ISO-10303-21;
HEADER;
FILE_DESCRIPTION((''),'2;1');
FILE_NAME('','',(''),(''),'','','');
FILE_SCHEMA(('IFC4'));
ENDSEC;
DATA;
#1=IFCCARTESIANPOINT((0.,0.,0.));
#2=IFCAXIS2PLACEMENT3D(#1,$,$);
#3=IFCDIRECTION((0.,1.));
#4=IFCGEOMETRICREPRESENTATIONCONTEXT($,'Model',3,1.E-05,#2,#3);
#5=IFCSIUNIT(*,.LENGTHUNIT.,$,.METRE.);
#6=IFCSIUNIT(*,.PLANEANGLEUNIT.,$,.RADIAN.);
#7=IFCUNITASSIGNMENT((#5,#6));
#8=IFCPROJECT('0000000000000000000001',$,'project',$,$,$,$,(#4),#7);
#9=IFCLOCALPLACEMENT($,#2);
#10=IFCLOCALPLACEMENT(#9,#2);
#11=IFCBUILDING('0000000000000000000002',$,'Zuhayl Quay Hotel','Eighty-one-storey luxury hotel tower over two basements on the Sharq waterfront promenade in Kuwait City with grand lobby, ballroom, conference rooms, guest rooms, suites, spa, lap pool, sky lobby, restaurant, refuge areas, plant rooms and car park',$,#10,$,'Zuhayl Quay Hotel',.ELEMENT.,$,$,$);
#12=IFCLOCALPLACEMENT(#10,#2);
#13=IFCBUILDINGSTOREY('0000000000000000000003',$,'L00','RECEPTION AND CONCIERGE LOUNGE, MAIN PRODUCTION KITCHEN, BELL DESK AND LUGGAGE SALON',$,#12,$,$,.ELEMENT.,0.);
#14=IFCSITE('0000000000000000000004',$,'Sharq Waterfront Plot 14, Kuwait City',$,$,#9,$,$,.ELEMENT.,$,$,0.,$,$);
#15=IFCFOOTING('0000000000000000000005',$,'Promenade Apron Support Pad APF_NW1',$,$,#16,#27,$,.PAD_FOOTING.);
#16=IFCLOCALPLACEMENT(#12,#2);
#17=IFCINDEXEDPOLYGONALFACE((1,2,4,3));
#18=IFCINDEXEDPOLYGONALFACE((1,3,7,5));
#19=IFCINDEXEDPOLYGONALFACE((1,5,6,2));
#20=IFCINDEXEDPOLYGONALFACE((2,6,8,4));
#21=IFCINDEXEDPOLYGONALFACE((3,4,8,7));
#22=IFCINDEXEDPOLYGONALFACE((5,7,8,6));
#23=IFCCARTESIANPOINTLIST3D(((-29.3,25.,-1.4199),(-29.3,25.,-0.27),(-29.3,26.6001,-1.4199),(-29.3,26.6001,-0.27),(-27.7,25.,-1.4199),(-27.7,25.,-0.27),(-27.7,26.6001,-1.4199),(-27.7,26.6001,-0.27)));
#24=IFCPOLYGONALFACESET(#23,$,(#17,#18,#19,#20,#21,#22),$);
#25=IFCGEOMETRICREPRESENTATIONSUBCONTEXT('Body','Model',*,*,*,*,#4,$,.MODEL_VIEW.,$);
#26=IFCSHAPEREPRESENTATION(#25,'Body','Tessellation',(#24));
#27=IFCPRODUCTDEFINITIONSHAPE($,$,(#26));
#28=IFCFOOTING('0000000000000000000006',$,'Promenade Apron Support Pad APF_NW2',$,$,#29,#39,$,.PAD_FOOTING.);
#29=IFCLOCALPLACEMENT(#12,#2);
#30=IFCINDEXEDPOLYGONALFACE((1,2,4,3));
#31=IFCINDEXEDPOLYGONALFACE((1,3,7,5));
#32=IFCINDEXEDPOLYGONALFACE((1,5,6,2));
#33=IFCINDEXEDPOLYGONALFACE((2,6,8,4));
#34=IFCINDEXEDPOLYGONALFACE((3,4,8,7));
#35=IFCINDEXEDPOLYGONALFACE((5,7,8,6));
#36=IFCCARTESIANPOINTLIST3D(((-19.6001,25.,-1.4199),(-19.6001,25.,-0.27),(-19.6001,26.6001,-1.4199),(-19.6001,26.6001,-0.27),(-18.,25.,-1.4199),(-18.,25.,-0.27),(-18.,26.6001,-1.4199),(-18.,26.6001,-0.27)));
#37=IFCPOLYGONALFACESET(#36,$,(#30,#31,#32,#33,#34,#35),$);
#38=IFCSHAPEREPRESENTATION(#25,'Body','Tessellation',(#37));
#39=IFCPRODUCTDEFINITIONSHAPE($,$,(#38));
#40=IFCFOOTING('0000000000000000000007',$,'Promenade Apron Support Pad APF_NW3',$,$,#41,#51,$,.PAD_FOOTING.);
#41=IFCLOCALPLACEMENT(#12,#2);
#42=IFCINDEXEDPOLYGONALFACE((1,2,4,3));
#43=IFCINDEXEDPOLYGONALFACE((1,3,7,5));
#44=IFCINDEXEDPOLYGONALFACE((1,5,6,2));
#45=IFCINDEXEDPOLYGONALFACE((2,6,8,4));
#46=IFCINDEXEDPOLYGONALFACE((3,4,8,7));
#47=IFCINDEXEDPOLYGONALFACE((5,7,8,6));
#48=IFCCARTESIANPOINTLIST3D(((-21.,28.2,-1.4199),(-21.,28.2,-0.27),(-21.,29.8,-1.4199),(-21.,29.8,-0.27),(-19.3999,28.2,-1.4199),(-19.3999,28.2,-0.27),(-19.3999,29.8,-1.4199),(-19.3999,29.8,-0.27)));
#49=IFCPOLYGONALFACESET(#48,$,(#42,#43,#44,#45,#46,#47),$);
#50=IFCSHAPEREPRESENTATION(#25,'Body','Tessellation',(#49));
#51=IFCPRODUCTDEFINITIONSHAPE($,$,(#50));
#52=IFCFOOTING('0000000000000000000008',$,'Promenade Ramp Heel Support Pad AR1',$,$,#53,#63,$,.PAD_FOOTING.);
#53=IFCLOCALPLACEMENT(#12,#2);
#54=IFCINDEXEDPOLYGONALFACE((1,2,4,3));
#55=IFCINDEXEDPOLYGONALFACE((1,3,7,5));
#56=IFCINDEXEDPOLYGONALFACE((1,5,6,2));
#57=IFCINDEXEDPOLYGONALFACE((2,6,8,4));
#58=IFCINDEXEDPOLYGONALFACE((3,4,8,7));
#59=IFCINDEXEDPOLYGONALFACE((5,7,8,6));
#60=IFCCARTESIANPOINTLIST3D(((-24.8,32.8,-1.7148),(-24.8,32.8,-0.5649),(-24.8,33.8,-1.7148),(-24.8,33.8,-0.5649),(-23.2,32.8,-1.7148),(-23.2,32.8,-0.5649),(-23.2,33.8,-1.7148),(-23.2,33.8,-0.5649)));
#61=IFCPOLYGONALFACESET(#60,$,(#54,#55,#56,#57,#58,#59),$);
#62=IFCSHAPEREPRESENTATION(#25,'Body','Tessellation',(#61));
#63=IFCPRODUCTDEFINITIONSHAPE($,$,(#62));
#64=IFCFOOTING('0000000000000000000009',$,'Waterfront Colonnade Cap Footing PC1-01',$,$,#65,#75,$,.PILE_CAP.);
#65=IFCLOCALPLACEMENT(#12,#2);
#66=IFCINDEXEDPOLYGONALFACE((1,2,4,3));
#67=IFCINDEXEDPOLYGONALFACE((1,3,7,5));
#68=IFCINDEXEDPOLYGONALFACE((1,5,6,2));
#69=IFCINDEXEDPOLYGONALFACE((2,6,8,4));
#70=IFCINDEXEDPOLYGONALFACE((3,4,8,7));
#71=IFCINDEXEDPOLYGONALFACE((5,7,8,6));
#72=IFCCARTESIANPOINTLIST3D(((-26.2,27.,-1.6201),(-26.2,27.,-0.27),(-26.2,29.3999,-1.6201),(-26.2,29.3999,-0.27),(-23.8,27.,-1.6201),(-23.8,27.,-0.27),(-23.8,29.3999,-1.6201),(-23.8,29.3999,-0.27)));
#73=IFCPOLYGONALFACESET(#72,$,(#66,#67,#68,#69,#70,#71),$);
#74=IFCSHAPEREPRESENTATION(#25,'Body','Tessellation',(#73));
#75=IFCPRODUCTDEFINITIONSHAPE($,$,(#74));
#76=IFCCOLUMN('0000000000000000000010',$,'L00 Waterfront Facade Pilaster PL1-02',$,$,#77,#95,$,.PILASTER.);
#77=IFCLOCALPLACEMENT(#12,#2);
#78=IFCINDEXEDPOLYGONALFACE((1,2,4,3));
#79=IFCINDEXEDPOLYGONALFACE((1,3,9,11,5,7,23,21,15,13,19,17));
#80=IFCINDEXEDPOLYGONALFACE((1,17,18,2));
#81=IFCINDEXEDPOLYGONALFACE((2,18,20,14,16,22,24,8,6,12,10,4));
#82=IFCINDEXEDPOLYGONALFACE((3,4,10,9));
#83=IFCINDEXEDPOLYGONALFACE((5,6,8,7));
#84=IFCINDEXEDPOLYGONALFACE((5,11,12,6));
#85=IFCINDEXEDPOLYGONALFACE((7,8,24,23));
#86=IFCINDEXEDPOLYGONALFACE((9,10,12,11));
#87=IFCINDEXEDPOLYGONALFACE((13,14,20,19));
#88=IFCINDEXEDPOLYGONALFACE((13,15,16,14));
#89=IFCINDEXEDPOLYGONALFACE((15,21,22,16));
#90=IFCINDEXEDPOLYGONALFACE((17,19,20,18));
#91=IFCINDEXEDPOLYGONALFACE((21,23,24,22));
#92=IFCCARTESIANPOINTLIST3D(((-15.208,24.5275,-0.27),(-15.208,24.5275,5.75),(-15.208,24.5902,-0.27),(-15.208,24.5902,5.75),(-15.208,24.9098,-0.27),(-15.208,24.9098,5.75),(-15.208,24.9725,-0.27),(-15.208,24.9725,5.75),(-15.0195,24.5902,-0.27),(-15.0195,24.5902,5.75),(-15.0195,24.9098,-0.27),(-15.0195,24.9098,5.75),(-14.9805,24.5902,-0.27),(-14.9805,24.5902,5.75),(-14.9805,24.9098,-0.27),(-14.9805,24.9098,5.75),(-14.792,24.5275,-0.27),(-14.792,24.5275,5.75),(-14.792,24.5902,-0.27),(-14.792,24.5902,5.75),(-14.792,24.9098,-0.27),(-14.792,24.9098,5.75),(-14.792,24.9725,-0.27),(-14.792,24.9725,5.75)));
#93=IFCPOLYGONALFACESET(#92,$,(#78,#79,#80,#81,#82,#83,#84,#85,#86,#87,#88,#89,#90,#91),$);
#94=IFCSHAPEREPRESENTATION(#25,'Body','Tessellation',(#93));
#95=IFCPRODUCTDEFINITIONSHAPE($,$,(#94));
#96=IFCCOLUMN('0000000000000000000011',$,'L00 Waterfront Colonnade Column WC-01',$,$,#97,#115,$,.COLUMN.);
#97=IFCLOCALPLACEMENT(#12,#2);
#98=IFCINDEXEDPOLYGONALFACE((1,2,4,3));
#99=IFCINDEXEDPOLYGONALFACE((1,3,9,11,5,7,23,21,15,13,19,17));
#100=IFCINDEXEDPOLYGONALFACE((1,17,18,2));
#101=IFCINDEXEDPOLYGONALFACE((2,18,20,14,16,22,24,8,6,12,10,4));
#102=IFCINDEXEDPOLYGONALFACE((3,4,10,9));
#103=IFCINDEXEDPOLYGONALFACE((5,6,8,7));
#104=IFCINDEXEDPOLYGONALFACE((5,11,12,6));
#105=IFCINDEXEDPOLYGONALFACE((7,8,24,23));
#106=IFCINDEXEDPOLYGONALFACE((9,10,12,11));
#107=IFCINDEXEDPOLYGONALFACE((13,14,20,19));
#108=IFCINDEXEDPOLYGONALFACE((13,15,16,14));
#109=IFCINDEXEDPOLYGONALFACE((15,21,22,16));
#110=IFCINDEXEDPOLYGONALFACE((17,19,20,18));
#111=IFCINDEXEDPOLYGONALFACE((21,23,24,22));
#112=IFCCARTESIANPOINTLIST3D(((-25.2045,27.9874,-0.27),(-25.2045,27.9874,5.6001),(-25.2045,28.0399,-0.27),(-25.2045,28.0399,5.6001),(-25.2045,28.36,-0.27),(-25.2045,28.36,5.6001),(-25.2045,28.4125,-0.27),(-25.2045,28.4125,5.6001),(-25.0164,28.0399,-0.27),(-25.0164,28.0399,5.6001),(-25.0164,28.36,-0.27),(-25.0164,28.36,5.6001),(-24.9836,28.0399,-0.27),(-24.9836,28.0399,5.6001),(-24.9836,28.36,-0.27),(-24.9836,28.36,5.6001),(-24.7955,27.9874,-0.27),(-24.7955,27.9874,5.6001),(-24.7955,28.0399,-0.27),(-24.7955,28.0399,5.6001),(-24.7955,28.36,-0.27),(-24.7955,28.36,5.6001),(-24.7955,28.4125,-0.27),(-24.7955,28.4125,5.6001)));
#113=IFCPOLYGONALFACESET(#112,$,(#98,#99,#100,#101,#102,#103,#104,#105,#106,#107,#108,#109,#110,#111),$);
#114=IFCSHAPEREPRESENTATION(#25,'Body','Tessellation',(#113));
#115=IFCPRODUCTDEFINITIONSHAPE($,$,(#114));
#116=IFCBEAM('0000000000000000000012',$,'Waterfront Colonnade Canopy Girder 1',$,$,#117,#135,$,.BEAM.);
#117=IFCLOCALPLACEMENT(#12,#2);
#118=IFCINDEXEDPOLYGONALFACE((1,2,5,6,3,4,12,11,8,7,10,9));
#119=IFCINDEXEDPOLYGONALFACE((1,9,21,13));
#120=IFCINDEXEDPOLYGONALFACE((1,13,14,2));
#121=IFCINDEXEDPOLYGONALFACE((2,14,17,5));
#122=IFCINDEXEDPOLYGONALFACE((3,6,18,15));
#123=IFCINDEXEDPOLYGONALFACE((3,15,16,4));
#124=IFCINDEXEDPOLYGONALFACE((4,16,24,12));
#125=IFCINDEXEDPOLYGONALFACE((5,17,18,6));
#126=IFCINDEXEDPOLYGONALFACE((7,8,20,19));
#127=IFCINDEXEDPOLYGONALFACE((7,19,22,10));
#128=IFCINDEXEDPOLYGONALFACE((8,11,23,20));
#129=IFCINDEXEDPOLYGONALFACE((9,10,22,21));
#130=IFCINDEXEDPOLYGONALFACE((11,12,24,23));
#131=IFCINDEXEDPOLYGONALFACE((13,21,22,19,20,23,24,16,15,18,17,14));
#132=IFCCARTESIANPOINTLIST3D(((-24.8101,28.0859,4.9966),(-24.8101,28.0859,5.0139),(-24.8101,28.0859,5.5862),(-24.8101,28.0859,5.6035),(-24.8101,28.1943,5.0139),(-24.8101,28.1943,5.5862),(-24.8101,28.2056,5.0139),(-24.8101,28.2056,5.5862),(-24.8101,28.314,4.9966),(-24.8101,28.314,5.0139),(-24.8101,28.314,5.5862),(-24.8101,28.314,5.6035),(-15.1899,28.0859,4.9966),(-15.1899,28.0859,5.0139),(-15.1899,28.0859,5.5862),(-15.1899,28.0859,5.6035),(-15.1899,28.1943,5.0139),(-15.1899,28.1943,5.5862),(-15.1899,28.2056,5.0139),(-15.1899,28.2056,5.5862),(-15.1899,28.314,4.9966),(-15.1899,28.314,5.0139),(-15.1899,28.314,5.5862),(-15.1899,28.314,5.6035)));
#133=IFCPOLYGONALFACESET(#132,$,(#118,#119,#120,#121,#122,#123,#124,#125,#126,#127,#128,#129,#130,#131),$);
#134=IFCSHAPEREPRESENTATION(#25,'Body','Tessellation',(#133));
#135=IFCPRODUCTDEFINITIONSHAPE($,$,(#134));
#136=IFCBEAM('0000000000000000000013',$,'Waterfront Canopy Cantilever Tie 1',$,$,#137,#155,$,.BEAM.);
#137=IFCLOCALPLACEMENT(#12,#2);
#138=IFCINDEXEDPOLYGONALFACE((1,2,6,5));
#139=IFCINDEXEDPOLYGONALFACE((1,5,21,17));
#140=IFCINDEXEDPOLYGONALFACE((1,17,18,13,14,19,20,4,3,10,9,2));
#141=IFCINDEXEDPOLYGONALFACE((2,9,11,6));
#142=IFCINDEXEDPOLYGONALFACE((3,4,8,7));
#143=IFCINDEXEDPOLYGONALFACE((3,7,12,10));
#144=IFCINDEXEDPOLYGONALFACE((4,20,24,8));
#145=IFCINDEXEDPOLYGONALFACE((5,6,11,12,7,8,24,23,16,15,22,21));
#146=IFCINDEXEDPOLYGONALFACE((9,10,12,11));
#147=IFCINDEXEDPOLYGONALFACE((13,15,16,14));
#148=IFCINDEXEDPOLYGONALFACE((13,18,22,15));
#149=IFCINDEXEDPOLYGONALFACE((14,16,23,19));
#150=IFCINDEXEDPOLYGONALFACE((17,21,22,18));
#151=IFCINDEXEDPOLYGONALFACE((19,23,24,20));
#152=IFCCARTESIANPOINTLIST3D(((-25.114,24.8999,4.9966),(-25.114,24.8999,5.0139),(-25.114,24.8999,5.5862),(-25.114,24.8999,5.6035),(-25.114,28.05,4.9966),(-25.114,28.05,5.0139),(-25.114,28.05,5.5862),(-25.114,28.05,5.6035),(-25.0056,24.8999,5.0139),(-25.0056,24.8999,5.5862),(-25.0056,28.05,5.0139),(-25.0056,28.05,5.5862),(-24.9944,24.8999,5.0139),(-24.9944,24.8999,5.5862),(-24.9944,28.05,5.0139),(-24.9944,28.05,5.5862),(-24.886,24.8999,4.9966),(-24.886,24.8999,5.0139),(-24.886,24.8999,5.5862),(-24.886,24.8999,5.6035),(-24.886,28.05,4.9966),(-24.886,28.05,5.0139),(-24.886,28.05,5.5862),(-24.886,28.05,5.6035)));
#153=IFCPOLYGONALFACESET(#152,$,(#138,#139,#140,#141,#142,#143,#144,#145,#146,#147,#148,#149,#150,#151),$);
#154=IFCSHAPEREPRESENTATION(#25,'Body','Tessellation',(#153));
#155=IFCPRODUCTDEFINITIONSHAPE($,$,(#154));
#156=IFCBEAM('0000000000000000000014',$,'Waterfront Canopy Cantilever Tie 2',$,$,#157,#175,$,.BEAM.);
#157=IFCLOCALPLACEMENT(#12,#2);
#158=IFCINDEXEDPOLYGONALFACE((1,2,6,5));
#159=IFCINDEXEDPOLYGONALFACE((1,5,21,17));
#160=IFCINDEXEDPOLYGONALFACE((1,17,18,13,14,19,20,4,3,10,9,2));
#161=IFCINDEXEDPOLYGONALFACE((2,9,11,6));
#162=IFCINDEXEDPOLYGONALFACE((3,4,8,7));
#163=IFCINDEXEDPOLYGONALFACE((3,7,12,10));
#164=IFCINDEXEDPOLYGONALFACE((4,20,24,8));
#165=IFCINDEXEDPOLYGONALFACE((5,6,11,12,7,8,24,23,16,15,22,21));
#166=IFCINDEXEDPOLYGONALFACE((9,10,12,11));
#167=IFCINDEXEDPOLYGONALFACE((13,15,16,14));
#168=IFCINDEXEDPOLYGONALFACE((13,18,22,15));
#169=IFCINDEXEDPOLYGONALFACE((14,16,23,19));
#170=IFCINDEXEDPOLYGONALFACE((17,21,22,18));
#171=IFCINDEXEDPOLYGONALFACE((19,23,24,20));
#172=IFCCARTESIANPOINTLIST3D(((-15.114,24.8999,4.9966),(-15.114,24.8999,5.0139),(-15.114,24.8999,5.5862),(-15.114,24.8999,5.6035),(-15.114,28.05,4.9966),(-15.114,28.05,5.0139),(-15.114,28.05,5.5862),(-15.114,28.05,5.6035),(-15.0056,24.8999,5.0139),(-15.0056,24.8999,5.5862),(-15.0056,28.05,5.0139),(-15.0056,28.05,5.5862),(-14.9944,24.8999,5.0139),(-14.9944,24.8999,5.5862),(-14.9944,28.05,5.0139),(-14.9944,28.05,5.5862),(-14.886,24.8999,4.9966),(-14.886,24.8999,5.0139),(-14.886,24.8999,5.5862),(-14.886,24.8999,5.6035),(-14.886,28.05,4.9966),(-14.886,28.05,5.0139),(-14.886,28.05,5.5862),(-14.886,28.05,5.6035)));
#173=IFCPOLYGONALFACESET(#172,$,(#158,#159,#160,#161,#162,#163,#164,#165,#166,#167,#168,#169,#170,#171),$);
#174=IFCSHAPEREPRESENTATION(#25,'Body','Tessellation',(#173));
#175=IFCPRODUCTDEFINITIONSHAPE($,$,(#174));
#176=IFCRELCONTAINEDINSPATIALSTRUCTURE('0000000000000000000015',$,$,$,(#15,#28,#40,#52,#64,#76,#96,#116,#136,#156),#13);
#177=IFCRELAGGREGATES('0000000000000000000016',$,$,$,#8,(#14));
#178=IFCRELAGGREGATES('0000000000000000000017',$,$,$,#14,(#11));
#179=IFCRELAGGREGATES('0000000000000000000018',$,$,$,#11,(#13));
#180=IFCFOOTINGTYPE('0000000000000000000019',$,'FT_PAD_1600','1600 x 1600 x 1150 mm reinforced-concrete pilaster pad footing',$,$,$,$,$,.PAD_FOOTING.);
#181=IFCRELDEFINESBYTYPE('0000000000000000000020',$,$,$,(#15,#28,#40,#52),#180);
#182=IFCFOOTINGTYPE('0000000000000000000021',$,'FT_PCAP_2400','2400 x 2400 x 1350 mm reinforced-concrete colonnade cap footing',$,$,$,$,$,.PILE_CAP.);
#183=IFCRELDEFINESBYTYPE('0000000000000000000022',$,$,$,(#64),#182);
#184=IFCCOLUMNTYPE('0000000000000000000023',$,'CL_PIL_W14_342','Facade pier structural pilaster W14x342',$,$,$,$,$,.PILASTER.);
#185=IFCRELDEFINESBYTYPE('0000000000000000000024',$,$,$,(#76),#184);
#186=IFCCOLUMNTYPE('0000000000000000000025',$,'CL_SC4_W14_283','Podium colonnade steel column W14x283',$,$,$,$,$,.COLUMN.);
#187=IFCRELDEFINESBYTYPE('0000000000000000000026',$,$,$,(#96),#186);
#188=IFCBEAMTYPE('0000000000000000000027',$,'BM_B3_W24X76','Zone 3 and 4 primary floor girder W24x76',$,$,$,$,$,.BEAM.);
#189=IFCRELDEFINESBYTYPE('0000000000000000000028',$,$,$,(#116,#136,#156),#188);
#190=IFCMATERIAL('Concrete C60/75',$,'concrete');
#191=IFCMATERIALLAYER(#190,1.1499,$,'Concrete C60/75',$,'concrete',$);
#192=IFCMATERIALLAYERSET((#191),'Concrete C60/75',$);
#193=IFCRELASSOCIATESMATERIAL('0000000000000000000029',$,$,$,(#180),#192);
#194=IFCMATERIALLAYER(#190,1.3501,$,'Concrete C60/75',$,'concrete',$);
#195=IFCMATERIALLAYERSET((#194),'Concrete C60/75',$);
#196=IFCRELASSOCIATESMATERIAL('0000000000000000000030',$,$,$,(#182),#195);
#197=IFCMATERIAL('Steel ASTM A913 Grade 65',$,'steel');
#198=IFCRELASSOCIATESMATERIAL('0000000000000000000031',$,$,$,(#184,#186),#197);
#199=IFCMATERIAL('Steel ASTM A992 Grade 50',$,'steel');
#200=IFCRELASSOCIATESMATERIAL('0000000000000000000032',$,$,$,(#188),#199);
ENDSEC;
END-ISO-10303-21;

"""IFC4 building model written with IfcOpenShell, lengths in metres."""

from ifc_helpers import new_model, si_unit, direction, frame, origin, origin_2d, place, context, subcontext, project, spatial, rectangle, i_section, extrude, material, layer, layer_set, material_profile, profile_set, type_object, element, save


model = new_model("IFC4")

# Units and contexts
model_context = context("Model", 3, precision=1e-05, world=origin(), true_north=direction((0.0, 1.0)))
body_context = subcontext(model_context, "Body", "Model", "MODEL_VIEW")
ifc_project = project(units=[si_unit("LENGTHUNIT", "METRE"), si_unit("PLANEANGLEUNIT", "RADIAN")], contexts=[model_context])

# Site, building, storey
site_placement = place(None, origin())
site = spatial("IfcSite", under=ifc_project, at=site_placement, Name="Sharq Waterfront Plot 14, Kuwait City", CompositionType="ELEMENT", RefElevation=0.0)
building_placement = place(site_placement, origin())
building = spatial("IfcBuilding", under=site, at=building_placement, Name="Zuhayl Quay Hotel", Description="Eighty-one-storey luxury hotel tower over two basements on the Sharq waterfront promenade in Kuwait City with grand lobby, ballroom, conference rooms, guest rooms, suites, spa, lap pool, sky lobby, restaurant, refuge areas, plant rooms and car park", LongName="Zuhayl Quay Hotel", CompositionType="ELEMENT")
storey_placement = place(building_placement, origin())
storey = spatial("IfcBuildingStorey", under=building, at=storey_placement, Name="L00", Description="RECEPTION AND CONCIERGE LOUNGE, MAIN PRODUCTION KITCHEN, BELL DESK AND LUGGAGE SALON", CompositionType="ELEMENT", Elevation=0.0)

# Footings
ifc_material_1 = material(Name="Concrete C60/75", Category="concrete")
ifc_layer_1 = layer(ifc_material_1, 1.1499, Name="Concrete C60/75", Category="concrete")
ifc_layer_set_1 = layer_set([ifc_layer_1], Name="Concrete C60/75")
footing_type_1 = type_object("IfcFootingType", Name="FT_PAD_1600", Description="1600 x 1600 x 1150 mm reinforced-concrete pilaster pad footing", PredefinedType="PAD_FOOTING", material=ifc_layer_set_1)
for number, where, z_axis, x_axis, name in (
    (1, (-28.5, 25.8, -1.4199), (0.0, 0.0, 1.0), (1.0, 0.0, 0.0), "Promenade Apron Support Pad APF_NW1"),
    (2, (-18.8, 25.8, -1.4199), (0.0, 0.0, 1.0), (1.0, 0.0, 0.0), "Promenade Apron Support Pad APF_NW2"),
    (3, (-20.2, 29.0, -1.4199), (0.0, 0.0, 1.0), (1.0, 0.0, 0.0), "Promenade Apron Support Pad APF_NW3"),
):
    element("IfcFooting", number, at=place(storey_placement, frame(where, z_axis=z_axis, x_axis=x_axis)), inside=storey, type_object=footing_type_1, Name=name, PredefinedType="PAD_FOOTING", context=body_context, shape_type="SweptSolid", body=[
        extrude(rectangle(XDim=1.6001, YDim=1.6001, at=origin_2d()), origin(), (0.0, 0.0, 1.0), 1.1499),
    ])
footing_1_placement = place(storey_placement, frame((-24.0, 33.3, -1.7148), z_axis=(0.0, 0.0, 1.0), x_axis=(1.0, 0.0, 0.0)))
element("IfcFooting", 4, at=footing_1_placement, inside=storey, type_object=footing_type_1, Name="Promenade Ramp Heel Support Pad AR1", PredefinedType="PAD_FOOTING", context=body_context, shape_type="SweptSolid", body=[
    extrude(rectangle(XDim=1.6001, YDim=1.0, at=origin_2d()), origin(), (0.0, 0.0, 1.0), 1.1499),
])
ifc_layer_2 = layer(ifc_material_1, 1.3501, Name="Concrete C60/75", Category="concrete")
ifc_layer_set_2 = layer_set([ifc_layer_2], Name="Concrete C60/75")
footing_type_2 = type_object("IfcFootingType", Name="FT_PCAP_2400", Description="2400 x 2400 x 1350 mm reinforced-concrete colonnade cap footing", PredefinedType="PILE_CAP", material=ifc_layer_set_2)
footing_2_placement = place(storey_placement, frame((-25.0, 28.2, -1.6201), z_axis=(0.0, 0.0, 1.0), x_axis=(1.0, 0.0, 0.0)))
element("IfcFooting", 5, at=footing_2_placement, inside=storey, type_object=footing_type_2, Name="Waterfront Colonnade Cap Footing PC1-01", PredefinedType="PILE_CAP", context=body_context, shape_type="SweptSolid", body=[
    extrude(rectangle(XDim=2.3999, YDim=2.3999, at=origin_2d()), origin(), (0.0, 0.0, 1.0), 1.3501),
])

# Columns
ifc_material_2 = material(Name="Steel ASTM A913 Grade 65", Category="steel")
ifc_material_profile_1 = material_profile(ifc_material_2, i_section(OverallWidth=0.416, OverallDepth=0.4451, WebThickness=0.0391, FlangeThickness=0.0627, at=origin_2d()), Name="W14X342")
ifc_profile_set_1 = profile_set([ifc_material_profile_1], Name="Steel ASTM A913 Grade 65")
column_type_1 = type_object("IfcColumnType", Name="CL_PIL_W14_342", Description="Facade pier structural pilaster W14x342", PredefinedType="PILASTER", material=ifc_profile_set_1)
column_1_placement = place(storey_placement, frame((-15.0, 24.75, -0.27), z_axis=(0.0, 0.0, 1.0), x_axis=(1.0, 0.0, 0.0)))
element("IfcColumn", 6, at=column_1_placement, inside=storey, type_object=column_type_1, Name="L00 Waterfront Facade Pilaster PL1-02", PredefinedType="PILASTER", context=body_context, shape_type="SweptSolid", body=[
    extrude(i_section(OverallWidth=0.416, OverallDepth=0.4451, WebThickness=0.0391, FlangeThickness=0.0627, at=origin_2d()), origin(), (0.0, 0.0, 1.0), 6.02),
])
ifc_material_profile_2 = material_profile(ifc_material_2, i_section(OverallWidth=0.4089, OverallDepth=0.425, WebThickness=0.0327, FlangeThickness=0.0525, at=origin_2d()), Name="W14X283")
ifc_profile_set_2 = profile_set([ifc_material_profile_2], Name="Steel ASTM A913 Grade 65")
column_type_2 = type_object("IfcColumnType", Name="CL_SC4_W14_283", Description="Podium colonnade steel column W14x283", PredefinedType="COLUMN", material=ifc_profile_set_2)
column_2_placement = place(storey_placement, frame((-25.0, 28.2, -0.27), z_axis=(0.0, 0.0, 1.0), x_axis=(1.0, 0.0, 0.0)))
element("IfcColumn", 7, at=column_2_placement, inside=storey, type_object=column_type_2, Name="L00 Waterfront Colonnade Column WC-01", PredefinedType="COLUMN", context=body_context, shape_type="SweptSolid", body=[
    extrude(i_section(OverallWidth=0.4089, OverallDepth=0.425, WebThickness=0.0327, FlangeThickness=0.0525, at=origin_2d()), origin(), (0.0, 0.0, 1.0), 5.8701),
])

# Beams
ifc_material_3 = material(Name="Steel ASTM A992 Grade 50", Category="steel")
ifc_material_profile_3 = material_profile(ifc_material_3, i_section(OverallWidth=0.228, OverallDepth=0.6069, WebThickness=0.0112, FlangeThickness=0.0173, at=origin_2d()), Name="W24X76")
ifc_profile_set_3 = profile_set([ifc_material_profile_3], Name="Steel ASTM A992 Grade 50")
beam_type = type_object("IfcBeamType", Name="BM_B3_W24X76", Description="Zone 3 and 4 primary floor girder W24x76", PredefinedType="BEAM", material=ifc_profile_set_3)
beam_placement = place(storey_placement, frame((-24.8101, 28.2, 5.3), z_axis=(1.0, 0.0, 0.0), x_axis=(0.0, 1.0, 0.0)))
element("IfcBeam", 8, at=beam_placement, inside=storey, type_object=beam_type, Name="Waterfront Colonnade Canopy Girder 1", PredefinedType="BEAM", context=body_context, shape_type="SweptSolid", body=[
    extrude(i_section(OverallWidth=0.228, OverallDepth=0.6069, WebThickness=0.0112, FlangeThickness=0.0173, at=origin_2d()), origin(), (0.0, 0.0, 1.0), 9.6201),
])
for number, where, z_axis, x_axis, name in (
    (9, (-25.0, 24.8999, 5.3), (0.0, 1.0, 0.0), (-1.0, 0.0, 0.0), "Waterfront Canopy Cantilever Tie 1"),
    (10, (-15.0, 24.8999, 5.3), (0.0, 1.0, 0.0), (-1.0, 0.0, 0.0), "Waterfront Canopy Cantilever Tie 2"),
):
    element("IfcBeam", number, at=place(storey_placement, frame(where, z_axis=z_axis, x_axis=x_axis)), inside=storey, type_object=beam_type, Name=name, PredefinedType="BEAM", context=body_context, shape_type="SweptSolid", body=[
        extrude(i_section(OverallWidth=0.228, OverallDepth=0.6069, WebThickness=0.0112, FlangeThickness=0.0173, at=origin_2d()), origin(), (0.0, 0.0, 1.0), 3.1501),
    ])

save(model, "model.ifc")
